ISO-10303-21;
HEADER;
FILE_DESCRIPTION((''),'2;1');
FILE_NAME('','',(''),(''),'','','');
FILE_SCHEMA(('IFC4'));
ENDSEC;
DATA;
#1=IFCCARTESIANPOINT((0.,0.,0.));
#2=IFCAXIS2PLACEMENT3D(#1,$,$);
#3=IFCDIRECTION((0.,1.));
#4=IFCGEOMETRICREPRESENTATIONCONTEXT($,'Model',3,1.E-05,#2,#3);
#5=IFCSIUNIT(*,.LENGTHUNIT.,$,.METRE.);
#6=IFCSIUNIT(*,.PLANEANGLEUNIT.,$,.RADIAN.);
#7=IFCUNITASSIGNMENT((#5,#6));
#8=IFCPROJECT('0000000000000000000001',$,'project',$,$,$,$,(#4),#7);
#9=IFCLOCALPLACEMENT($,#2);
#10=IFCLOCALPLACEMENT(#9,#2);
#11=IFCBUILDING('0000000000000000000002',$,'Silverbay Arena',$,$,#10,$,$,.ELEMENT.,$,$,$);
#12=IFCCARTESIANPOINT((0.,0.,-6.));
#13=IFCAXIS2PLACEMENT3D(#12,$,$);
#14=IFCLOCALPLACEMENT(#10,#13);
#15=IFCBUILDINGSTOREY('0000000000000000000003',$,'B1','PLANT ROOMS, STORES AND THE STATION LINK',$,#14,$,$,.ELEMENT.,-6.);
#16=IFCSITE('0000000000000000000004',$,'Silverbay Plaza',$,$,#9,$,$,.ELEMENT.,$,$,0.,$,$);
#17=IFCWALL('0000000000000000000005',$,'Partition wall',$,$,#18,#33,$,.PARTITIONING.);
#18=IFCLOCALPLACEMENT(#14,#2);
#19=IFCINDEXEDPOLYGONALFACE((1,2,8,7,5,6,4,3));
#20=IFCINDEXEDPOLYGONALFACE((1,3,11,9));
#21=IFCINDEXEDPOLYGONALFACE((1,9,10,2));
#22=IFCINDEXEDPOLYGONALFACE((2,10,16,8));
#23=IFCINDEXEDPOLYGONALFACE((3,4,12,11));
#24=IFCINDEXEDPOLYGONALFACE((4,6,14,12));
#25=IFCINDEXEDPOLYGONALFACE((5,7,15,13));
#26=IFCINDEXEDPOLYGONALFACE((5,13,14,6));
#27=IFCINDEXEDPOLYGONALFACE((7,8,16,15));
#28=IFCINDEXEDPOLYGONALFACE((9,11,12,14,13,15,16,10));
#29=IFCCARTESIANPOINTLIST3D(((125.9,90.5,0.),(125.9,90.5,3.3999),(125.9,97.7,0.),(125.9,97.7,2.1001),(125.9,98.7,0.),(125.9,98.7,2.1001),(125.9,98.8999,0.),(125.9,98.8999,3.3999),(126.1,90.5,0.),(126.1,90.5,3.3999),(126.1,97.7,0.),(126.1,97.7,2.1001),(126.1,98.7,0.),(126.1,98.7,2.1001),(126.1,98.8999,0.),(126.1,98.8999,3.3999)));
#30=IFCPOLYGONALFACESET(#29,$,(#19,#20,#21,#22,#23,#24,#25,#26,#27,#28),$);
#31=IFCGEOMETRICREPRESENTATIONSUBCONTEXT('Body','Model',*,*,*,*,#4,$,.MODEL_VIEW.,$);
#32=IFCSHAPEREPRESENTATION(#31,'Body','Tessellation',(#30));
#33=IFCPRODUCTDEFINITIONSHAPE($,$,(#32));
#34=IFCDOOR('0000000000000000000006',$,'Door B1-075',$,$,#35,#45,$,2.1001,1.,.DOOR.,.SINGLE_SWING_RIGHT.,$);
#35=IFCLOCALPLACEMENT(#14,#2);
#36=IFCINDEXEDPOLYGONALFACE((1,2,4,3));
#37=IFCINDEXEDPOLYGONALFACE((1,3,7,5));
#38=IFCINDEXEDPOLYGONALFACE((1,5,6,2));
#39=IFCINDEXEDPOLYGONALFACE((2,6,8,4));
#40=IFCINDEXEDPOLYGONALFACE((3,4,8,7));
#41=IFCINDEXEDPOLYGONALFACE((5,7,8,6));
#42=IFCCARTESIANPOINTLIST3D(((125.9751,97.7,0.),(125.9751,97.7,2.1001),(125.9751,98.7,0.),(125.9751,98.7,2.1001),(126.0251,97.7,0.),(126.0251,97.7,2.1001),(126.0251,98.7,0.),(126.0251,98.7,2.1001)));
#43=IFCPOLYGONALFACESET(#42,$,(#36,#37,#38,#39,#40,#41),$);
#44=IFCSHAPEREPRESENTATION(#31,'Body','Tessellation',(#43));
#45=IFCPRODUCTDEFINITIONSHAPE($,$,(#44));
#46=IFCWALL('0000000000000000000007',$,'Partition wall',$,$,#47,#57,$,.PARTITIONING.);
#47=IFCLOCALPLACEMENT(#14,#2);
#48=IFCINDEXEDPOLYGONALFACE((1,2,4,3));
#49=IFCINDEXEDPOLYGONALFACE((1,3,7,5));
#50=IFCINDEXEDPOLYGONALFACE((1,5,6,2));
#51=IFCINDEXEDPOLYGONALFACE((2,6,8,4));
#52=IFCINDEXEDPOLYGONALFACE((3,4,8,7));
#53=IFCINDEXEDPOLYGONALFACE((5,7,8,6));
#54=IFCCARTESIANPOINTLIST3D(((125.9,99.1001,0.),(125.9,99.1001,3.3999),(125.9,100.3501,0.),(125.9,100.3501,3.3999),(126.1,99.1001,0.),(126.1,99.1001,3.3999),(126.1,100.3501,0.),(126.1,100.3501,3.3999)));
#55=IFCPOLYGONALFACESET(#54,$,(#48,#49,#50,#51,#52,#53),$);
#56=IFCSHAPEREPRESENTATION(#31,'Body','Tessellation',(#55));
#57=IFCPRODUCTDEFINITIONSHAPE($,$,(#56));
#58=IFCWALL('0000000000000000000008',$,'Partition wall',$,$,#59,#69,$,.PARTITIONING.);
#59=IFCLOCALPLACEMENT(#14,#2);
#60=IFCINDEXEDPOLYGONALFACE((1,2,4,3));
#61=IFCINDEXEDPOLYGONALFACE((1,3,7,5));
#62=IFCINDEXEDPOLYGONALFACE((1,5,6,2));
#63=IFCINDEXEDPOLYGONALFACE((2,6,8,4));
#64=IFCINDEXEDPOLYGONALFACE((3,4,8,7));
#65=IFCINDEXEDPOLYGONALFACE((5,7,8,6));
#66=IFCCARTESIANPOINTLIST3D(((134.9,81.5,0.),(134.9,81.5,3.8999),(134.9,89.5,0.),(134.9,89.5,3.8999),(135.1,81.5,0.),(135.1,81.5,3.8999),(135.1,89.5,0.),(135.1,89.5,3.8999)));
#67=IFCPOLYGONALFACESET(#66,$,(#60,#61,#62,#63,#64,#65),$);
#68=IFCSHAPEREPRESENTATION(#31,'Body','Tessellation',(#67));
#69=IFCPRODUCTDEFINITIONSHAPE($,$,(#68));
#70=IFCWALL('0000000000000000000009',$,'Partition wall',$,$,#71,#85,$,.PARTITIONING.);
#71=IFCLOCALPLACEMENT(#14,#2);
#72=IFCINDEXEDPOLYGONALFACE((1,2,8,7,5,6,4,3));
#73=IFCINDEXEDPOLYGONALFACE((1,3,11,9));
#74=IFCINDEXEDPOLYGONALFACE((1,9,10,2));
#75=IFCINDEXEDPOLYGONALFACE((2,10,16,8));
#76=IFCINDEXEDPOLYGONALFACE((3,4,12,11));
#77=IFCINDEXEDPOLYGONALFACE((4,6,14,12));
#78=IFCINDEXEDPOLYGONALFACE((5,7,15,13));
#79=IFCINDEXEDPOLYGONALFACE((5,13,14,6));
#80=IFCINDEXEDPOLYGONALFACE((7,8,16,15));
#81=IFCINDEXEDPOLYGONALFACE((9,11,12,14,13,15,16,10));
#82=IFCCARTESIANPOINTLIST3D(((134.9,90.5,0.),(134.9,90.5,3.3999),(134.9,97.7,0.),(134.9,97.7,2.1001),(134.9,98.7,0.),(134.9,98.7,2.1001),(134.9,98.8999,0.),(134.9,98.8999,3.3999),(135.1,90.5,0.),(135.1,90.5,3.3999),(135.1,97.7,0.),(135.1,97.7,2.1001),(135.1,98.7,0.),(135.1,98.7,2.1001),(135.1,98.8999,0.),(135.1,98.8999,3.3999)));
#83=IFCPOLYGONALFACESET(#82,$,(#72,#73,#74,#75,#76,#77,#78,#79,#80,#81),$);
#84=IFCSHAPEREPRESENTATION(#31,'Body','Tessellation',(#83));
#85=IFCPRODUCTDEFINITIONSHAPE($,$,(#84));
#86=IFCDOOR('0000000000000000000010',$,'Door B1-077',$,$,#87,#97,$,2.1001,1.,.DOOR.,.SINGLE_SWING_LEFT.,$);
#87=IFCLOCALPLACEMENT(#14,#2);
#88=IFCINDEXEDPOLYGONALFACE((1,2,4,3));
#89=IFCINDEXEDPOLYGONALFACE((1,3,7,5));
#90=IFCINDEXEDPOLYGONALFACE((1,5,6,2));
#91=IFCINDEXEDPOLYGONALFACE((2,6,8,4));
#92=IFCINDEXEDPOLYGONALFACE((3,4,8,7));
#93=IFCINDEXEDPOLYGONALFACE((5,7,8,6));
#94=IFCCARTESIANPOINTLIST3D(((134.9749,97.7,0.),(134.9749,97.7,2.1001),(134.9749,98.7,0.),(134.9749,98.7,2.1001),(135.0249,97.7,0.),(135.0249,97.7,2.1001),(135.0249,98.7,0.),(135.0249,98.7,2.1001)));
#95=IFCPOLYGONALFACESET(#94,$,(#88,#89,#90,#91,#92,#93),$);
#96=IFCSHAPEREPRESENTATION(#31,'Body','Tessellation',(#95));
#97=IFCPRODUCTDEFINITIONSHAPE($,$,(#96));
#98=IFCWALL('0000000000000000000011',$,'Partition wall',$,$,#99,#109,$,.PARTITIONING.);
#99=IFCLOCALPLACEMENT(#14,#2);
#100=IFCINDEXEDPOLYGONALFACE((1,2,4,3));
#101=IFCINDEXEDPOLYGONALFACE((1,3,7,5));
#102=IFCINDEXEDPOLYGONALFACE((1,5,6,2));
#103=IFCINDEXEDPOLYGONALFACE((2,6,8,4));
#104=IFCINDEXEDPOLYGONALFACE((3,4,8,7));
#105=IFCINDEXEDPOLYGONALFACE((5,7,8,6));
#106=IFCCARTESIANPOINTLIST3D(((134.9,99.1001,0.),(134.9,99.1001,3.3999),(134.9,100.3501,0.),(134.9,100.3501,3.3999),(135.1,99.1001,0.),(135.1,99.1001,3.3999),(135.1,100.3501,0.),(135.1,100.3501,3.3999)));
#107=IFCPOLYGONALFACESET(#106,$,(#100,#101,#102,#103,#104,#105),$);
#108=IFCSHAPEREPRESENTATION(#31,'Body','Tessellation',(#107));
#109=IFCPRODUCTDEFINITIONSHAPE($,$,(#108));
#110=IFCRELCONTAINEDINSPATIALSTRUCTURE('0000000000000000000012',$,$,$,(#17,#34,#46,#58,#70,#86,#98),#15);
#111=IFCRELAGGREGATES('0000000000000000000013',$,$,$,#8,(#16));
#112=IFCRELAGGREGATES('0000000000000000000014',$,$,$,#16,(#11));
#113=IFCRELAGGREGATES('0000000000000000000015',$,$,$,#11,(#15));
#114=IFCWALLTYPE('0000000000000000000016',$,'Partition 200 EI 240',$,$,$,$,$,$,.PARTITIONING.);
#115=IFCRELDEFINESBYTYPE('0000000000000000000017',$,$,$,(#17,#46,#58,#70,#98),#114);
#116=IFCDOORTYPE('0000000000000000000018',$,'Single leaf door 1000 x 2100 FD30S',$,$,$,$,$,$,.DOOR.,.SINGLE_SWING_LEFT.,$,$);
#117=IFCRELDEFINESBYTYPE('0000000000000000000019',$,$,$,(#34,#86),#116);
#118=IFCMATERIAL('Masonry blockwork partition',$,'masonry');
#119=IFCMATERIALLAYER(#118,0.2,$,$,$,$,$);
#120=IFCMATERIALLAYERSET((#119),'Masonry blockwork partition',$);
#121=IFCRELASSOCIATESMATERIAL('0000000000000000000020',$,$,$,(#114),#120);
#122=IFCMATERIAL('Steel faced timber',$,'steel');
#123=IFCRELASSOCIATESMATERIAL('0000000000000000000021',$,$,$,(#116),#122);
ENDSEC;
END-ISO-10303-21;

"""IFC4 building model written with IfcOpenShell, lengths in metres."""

from ifc_helpers import new_model, si_unit, direction, frame, frame_2d, origin, place, context, subcontext, project, spatial, rectangle, extrude, material, layer, layer_set, type_object, element, fill, save


model = new_model("IFC4")

# Units and contexts
model_context = context("Model", 3, precision=1e-05, world=origin(), true_north=direction((0.0, 1.0)))
body_context = subcontext(model_context, "Body", "Model", "MODEL_VIEW")
ifc_project = project(units=[si_unit("LENGTHUNIT", "METRE"), si_unit("PLANEANGLEUNIT", "RADIAN")], contexts=[model_context])

# Site, building, storey
site_placement = place(None, origin())
site = spatial("IfcSite", under=ifc_project, at=site_placement, Name="Silverbay Plaza", CompositionType="ELEMENT", RefElevation=0.0)
building_placement = place(site_placement, origin())
building = spatial("IfcBuilding", under=site, at=building_placement, Name="Silverbay Arena", CompositionType="ELEMENT")
storey_placement = place(building_placement, frame((0.0, 0.0, -6.0)))
storey = spatial("IfcBuildingStorey", under=building, at=storey_placement, Name="B1", Description="PLANT ROOMS, STORES AND THE STATION LINK", CompositionType="ELEMENT", Elevation=-6.0)

# Shared definitions
ifc_material_1 = material(Name="Masonry blockwork partition", Category="masonry")
ifc_layer = layer(ifc_material_1, 0.2)
ifc_layer_set = layer_set([ifc_layer], Name="Masonry blockwork partition")
wall_type = type_object("IfcWallType", Name="Partition 200 EI 240", PredefinedType="PARTITIONING", material=ifc_layer_set)

# Wall, opening, door
wall_1_placement = place(storey_placement, frame((126.0, 90.5, 0.0), z_axis=(0.0, 0.0, 1.0), x_axis=(0.0, 1.0, 0.0)))
wall_1 = element("IfcWall", 1, at=wall_1_placement, inside=storey, type_object=wall_type, Name="Partition wall", PredefinedType="PARTITIONING", context=body_context, shape_type="SweptSolid", body=[
    extrude(rectangle(XDim=8.3999, YDim=0.2, at=frame_2d((4.2, 0.0))), origin(), (0.0, 0.0, 1.0), 3.3999),
])
opening_1_placement = place(wall_1_placement, frame((7.2, 0.0, 0.0)))
opening_1 = element("IfcOpeningElement", 2, at=opening_1_placement, cuts=wall_1, PredefinedType="OPENING", context=body_context, shape_type="SweptSolid", body=[
    extrude(rectangle(XDim=1.0, YDim=2.1001, at=frame_2d((0.5, 1.05))), frame((0.0, 0.1099, 0.0), z_axis=(0.0, -1.0, 0.0), x_axis=(1.0, 0.0, 0.0)), (0.0, 0.0, 1.0), 0.22),
])
ifc_material_2 = material(Name="Steel faced timber", Category="steel")
door_type = type_object("IfcDoorType", Name="Single leaf door 1000 x 2100 FD30S", OperationType="SINGLE_SWING_LEFT", PredefinedType="DOOR", material=ifc_material_2)
door_1_placement = place(opening_1_placement, origin())
door_1 = element("IfcDoor", 3, at=door_1_placement, inside=storey, type_object=door_type, Name="Door B1-075", OperationType="SINGLE_SWING_RIGHT", OverallHeight=2.1001, OverallWidth=1.0, PredefinedType="DOOR", context=body_context, shape_type="SweptSolid", body=[
    extrude(rectangle(XDim=1.0, YDim=2.1001, at=frame_2d((0.5, 1.05))), frame((0.0, 0.0249, 0.0), z_axis=(0.0, -1.0, 0.0), x_axis=(1.0, 0.0, 0.0)), (0.0, 0.0, 1.0), 0.05),
])
fill(opening_1, door_1)

# Walls
wall_2_placement = place(storey_placement, frame((126.0, 99.1001, 0.0), z_axis=(0.0, 0.0, 1.0), x_axis=(0.0, 1.0, 0.0)))
element("IfcWall", 4, at=wall_2_placement, inside=storey, type_object=wall_type, Name="Partition wall", PredefinedType="PARTITIONING", context=body_context, shape_type="SweptSolid", body=[
    extrude(rectangle(XDim=1.25, YDim=0.2, at=frame_2d((0.625, 0.0))), origin(), (0.0, 0.0, 1.0), 3.3999),
])
wall_3_placement = place(storey_placement, frame((135.0, 81.5, 0.0), z_axis=(0.0, 0.0, 1.0), x_axis=(0.0, 1.0, 0.0)))
element("IfcWall", 5, at=wall_3_placement, inside=storey, type_object=wall_type, Name="Partition wall", PredefinedType="PARTITIONING", context=body_context, shape_type="SweptSolid", body=[
    extrude(rectangle(XDim=8.0, YDim=0.2, at=frame_2d((4.0, 0.0))), origin(), (0.0, 0.0, 1.0), 3.8999),
])

# Wall, opening, door
wall_4_placement = place(storey_placement, frame((135.0, 90.5, 0.0), z_axis=(0.0, 0.0, 1.0), x_axis=(0.0, 1.0, 0.0)))
wall_4 = element("IfcWall", 6, at=wall_4_placement, inside=storey, type_object=wall_type, Name="Partition wall", PredefinedType="PARTITIONING", context=body_context, shape_type="SweptSolid", body=[
    extrude(rectangle(XDim=8.3999, YDim=0.2, at=frame_2d((4.2, 0.0))), origin(), (0.0, 0.0, 1.0), 3.3999),
])
opening_2_placement = place(wall_4_placement, frame((7.2, 0.0, 0.0)))
opening_2 = element("IfcOpeningElement", 7, at=opening_2_placement, cuts=wall_4, PredefinedType="OPENING", context=body_context, shape_type="SweptSolid", body=[
    extrude(rectangle(XDim=1.0, YDim=2.1001, at=frame_2d((0.5, 1.05))), frame((0.0, 0.1099, 0.0), z_axis=(0.0, -1.0, 0.0), x_axis=(1.0, 0.0, 0.0)), (0.0, 0.0, 1.0), 0.22),
])
door_2_placement = place(opening_2_placement, frame((1.0, 0.0, 0.0), z_axis=(0.0, 0.0, 1.0), x_axis=(-1.0, 0.0, 0.0)))
door_2 = element("IfcDoor", 8, at=door_2_placement, inside=storey, type_object=door_type, Name="Door B1-077", OperationType="SINGLE_SWING_LEFT", OverallHeight=2.1001, OverallWidth=1.0, PredefinedType="DOOR", context=body_context, shape_type="SweptSolid", body=[
    extrude(rectangle(XDim=1.0, YDim=2.1001, at=frame_2d((0.5, 1.05))), frame((0.0, 0.0249, 0.0), z_axis=(0.0, -1.0, 0.0), x_axis=(1.0, 0.0, 0.0)), (0.0, 0.0, 1.0), 0.05),
])
fill(opening_2, door_2)

# Wall
wall_5_placement = place(storey_placement, frame((135.0, 99.1001, 0.0), z_axis=(0.0, 0.0, 1.0), x_axis=(0.0, 1.0, 0.0)))
element("IfcWall", 9, at=wall_5_placement, inside=storey, type_object=wall_type, Name="Partition wall", PredefinedType="PARTITIONING", context=body_context, shape_type="SweptSolid", body=[
    extrude(rectangle(XDim=1.25, YDim=0.2, at=frame_2d((0.625, 0.0))), origin(), (0.0, 0.0, 1.0), 3.3999),
])

save(model, "model.ifc")
